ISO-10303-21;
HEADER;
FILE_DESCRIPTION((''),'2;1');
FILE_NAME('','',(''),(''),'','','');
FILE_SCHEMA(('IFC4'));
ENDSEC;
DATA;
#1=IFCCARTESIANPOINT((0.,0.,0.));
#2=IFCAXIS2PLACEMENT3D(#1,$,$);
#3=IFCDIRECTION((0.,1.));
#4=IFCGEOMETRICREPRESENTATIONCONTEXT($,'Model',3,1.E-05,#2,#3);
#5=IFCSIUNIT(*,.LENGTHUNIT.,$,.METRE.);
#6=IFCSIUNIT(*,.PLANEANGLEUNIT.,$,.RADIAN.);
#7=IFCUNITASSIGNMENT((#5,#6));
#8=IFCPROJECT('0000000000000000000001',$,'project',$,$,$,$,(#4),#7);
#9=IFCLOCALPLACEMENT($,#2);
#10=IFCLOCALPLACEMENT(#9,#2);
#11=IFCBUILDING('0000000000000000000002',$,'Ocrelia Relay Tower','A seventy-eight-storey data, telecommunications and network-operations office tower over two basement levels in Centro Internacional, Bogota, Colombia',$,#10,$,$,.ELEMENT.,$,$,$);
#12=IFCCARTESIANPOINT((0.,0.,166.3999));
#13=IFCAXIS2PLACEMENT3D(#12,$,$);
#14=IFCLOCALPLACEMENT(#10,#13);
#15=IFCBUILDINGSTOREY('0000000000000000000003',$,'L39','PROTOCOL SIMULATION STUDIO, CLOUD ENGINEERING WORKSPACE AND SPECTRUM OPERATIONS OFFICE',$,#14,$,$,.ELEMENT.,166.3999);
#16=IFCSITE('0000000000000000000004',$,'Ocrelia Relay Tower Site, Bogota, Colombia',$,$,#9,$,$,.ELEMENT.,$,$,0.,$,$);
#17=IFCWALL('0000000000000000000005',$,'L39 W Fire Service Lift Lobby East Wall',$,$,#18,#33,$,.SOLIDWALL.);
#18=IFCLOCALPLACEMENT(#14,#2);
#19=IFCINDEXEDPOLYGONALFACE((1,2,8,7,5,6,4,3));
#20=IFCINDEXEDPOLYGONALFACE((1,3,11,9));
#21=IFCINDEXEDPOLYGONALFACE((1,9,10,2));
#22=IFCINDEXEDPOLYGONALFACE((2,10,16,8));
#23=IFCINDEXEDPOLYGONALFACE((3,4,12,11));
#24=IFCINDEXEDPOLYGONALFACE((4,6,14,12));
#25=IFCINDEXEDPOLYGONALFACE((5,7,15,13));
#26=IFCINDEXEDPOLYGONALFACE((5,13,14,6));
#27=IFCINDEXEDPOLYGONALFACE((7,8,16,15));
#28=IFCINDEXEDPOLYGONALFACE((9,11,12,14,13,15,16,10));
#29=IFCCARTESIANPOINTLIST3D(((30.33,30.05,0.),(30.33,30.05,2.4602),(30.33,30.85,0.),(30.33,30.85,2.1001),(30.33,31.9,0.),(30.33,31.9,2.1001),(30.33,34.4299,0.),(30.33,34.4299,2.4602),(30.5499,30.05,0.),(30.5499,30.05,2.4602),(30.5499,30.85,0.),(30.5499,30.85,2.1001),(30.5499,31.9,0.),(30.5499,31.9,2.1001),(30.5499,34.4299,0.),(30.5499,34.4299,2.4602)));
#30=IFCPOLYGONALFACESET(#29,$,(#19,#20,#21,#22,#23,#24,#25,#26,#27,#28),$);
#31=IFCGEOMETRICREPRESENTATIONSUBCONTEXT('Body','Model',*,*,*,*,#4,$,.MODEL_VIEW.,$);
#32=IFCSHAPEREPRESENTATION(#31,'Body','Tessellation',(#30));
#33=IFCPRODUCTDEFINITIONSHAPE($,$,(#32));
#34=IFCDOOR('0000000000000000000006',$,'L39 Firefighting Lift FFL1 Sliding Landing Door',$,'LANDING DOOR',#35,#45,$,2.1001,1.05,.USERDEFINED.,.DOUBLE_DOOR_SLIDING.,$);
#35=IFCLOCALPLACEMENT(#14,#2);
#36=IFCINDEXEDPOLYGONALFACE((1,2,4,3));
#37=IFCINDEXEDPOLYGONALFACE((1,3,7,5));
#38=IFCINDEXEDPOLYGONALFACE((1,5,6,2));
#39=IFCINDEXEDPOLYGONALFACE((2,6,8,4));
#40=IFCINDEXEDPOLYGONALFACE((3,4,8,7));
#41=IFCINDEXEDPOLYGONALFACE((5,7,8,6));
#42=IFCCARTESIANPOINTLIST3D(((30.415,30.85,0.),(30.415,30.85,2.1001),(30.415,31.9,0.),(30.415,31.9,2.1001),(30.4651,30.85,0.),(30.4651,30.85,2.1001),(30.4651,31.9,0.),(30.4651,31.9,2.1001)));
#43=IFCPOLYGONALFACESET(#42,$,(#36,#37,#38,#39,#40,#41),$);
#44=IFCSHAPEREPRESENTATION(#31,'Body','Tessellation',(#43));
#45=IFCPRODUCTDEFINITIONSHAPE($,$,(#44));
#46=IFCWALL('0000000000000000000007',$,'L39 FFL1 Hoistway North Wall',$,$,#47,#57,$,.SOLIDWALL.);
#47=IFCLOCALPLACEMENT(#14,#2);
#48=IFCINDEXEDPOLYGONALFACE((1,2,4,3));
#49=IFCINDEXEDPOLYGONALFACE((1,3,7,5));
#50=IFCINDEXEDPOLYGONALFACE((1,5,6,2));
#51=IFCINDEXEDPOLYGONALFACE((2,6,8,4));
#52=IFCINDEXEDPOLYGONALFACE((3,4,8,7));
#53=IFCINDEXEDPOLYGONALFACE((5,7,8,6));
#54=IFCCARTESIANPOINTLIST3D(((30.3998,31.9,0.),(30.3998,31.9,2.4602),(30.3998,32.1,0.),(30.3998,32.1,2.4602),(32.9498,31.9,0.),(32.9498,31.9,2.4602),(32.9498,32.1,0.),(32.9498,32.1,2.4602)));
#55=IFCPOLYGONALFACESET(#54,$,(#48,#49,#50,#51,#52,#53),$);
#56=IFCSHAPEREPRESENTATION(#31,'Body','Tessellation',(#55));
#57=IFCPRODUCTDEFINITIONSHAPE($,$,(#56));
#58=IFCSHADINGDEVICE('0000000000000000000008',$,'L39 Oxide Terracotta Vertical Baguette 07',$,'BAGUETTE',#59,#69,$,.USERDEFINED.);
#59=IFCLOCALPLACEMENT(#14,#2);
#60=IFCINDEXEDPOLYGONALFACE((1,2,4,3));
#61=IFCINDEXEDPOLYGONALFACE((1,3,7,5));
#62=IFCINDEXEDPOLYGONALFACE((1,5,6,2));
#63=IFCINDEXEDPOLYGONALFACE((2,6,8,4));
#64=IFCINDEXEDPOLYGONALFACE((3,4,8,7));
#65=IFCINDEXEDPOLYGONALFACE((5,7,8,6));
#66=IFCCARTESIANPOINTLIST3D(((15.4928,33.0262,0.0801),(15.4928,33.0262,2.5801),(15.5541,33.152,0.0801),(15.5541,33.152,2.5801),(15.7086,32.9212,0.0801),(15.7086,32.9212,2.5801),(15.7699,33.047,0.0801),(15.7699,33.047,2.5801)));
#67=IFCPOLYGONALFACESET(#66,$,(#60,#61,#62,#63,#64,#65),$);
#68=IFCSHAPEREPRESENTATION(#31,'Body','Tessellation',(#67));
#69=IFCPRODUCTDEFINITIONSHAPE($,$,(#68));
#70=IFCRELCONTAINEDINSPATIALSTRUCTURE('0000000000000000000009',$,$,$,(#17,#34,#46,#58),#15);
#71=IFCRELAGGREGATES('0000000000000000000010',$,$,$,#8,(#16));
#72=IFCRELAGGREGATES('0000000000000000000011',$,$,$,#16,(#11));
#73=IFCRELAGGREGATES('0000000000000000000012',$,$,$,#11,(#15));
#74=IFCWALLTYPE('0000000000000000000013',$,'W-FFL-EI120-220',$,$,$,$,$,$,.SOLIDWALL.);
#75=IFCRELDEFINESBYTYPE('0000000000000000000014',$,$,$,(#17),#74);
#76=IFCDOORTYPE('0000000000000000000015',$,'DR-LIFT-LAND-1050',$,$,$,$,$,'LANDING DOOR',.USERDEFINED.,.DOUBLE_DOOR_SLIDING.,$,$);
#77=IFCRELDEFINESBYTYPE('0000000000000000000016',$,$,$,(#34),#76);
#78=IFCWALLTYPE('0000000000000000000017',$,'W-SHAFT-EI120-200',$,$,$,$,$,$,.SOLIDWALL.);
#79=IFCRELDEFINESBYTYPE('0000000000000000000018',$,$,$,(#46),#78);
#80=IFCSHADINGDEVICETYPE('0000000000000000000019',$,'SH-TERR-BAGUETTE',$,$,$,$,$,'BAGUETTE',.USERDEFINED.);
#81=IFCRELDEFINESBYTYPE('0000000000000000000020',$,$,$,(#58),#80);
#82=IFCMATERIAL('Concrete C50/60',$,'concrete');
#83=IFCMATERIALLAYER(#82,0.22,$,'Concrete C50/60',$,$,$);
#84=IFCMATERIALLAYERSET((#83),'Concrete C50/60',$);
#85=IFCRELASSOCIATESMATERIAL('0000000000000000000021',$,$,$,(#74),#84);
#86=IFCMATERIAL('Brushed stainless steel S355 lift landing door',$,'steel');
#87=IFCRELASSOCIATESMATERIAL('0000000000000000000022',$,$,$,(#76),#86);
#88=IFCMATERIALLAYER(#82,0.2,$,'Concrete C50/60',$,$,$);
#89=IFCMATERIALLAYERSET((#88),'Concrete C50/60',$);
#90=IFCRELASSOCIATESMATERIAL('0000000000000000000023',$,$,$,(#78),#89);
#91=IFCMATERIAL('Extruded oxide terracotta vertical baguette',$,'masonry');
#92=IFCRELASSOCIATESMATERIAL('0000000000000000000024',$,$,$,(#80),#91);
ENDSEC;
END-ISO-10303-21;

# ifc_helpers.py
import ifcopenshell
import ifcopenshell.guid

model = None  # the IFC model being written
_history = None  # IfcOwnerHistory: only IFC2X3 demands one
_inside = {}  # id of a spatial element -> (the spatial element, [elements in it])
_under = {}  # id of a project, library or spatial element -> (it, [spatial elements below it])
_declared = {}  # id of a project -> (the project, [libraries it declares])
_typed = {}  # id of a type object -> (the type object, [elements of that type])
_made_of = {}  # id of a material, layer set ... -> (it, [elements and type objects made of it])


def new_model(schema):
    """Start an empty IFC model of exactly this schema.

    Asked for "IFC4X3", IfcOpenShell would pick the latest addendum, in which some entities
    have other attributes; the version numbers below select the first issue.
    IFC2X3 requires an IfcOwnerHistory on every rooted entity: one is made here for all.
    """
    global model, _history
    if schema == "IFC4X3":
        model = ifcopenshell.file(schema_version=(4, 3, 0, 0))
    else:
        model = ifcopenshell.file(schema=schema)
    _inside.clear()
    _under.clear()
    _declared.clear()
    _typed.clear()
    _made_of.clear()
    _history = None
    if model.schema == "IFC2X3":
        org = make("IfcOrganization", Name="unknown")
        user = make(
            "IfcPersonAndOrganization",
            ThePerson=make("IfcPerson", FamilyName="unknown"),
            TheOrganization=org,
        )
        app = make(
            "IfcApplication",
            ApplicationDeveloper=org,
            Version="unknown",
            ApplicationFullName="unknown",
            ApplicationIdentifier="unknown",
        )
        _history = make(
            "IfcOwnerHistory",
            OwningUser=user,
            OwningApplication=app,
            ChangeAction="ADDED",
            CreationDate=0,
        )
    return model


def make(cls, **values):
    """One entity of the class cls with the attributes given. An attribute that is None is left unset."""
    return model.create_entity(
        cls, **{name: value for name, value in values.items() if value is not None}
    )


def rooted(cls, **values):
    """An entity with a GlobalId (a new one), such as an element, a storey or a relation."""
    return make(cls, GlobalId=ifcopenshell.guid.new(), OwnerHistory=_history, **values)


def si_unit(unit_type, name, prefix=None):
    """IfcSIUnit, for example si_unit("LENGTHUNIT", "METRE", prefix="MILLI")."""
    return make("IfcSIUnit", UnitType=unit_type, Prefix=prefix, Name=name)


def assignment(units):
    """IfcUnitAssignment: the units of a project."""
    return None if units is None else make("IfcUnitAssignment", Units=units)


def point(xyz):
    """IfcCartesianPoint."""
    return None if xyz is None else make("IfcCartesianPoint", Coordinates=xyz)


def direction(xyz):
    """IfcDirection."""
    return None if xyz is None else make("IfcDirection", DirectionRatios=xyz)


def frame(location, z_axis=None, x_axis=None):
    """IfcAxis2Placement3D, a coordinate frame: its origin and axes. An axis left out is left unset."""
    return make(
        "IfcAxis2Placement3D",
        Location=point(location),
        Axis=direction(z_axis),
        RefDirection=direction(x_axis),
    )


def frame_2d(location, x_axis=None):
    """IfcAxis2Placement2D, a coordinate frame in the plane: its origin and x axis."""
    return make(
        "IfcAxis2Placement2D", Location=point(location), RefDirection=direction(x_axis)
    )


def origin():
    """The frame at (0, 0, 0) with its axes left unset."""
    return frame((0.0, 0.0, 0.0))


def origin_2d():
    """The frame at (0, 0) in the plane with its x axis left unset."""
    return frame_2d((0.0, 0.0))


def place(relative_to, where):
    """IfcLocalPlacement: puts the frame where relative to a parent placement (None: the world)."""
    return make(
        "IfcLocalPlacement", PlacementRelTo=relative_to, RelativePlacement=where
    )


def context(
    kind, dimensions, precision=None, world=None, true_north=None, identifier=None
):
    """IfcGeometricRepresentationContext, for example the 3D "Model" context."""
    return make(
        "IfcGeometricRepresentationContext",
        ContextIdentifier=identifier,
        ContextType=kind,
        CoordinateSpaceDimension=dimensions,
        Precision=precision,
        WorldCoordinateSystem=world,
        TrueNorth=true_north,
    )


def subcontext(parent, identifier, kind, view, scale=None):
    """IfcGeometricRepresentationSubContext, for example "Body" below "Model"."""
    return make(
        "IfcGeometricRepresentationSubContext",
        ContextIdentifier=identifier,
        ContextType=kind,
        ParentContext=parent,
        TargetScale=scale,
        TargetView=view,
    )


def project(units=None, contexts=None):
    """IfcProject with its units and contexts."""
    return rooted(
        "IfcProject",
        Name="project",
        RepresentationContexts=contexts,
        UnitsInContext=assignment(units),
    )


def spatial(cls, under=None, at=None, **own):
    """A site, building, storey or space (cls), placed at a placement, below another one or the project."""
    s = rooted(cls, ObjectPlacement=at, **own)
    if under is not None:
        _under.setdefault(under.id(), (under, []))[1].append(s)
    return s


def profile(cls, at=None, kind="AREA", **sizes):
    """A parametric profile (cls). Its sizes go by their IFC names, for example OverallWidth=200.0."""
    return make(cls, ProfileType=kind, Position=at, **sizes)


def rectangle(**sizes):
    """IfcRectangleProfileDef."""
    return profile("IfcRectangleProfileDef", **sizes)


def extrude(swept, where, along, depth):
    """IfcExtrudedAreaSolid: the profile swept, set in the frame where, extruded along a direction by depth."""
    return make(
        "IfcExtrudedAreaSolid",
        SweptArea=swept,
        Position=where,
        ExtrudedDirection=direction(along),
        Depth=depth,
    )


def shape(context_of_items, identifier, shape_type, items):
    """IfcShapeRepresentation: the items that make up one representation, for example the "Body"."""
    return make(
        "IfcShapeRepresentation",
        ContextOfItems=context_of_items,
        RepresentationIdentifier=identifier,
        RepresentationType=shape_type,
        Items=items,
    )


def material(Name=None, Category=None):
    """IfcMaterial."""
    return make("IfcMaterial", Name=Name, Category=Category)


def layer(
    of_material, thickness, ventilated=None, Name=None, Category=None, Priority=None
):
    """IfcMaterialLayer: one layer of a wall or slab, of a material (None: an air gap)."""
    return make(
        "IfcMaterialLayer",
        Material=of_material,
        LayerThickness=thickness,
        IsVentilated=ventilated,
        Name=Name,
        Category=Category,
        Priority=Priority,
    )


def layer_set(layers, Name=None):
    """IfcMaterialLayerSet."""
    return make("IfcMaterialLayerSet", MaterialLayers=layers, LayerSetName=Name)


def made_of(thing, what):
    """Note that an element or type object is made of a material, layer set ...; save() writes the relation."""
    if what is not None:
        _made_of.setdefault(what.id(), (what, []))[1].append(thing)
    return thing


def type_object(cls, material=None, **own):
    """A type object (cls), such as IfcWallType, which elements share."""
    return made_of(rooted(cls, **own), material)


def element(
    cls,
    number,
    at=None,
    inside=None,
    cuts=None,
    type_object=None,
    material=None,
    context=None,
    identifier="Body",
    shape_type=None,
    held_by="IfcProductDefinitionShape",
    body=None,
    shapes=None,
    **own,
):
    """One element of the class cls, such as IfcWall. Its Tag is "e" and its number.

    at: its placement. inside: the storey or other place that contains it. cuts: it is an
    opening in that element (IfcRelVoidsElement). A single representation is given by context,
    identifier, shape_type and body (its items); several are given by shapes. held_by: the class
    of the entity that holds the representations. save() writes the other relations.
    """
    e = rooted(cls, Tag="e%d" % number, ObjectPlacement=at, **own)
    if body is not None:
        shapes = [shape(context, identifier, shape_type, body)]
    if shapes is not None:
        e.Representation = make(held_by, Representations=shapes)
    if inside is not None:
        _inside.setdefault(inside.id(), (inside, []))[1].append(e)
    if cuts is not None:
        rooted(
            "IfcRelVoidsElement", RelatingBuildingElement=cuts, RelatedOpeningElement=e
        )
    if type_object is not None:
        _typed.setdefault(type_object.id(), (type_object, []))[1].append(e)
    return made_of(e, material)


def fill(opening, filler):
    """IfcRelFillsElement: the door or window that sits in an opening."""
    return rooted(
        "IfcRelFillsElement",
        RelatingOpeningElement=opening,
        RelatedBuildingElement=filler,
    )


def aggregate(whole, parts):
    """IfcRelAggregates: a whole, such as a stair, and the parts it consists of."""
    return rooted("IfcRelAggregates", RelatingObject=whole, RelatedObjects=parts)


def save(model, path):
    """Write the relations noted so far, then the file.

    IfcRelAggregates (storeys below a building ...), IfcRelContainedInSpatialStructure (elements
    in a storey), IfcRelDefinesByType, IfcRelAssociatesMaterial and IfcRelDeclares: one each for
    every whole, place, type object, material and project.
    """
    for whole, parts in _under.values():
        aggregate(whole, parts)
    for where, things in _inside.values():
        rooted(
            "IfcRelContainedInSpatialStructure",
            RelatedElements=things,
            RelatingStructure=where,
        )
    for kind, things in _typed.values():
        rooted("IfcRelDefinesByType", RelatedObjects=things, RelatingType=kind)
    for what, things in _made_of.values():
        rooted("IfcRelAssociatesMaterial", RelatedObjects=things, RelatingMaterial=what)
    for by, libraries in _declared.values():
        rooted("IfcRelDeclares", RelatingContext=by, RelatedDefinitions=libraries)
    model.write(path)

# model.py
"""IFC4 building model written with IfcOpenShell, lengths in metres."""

from ifc_helpers import new_model, si_unit, direction, frame, frame_2d, origin, origin_2d, place, context, subcontext, project, spatial, rectangle, extrude, material, layer, layer_set, type_object, element, fill, save


model = new_model("IFC4")

# Units and contexts
model_context = context("Model", 3, precision=1e-05, world=origin(), true_north=direction((0.0, 1.0)))
body_context = subcontext(model_context, "Body", "Model", "MODEL_VIEW")
ifc_project = project(units=[si_unit("LENGTHUNIT", "METRE"), si_unit("PLANEANGLEUNIT", "RADIAN")], contexts=[model_context])

# Site, building, storey
site_placement = place(None, origin())
site = spatial("IfcSite", under=ifc_project, at=site_placement, Name="Ocrelia Relay Tower Site, Bogota, Colombia", CompositionType="ELEMENT", RefElevation=0.0)
building_placement = place(site_placement, origin())
building = spatial("IfcBuilding", under=site, at=building_placement, Name="Ocrelia Relay Tower", Description="A seventy-eight-storey data, telecommunications and network-operations office tower over two basement levels in Centro Internacional, Bogota, Colombia", CompositionType="ELEMENT")
storey_placement = place(building_placement, frame((0.0, 0.0, 166.3999)))
storey = spatial("IfcBuildingStorey", under=building, at=storey_placement, Name="L39", Description="PROTOCOL SIMULATION STUDIO, CLOUD ENGINEERING WORKSPACE AND SPECTRUM OPERATIONS OFFICE", CompositionType="ELEMENT", Elevation=166.3999)

# Shared definitions
ifc_material_1 = material(Name="Concrete C50/60", Category="concrete")
ifc_layer_1 = layer(ifc_material_1, 0.22, Name="Concrete C50/60")
ifc_layer_set_1 = layer_set([ifc_layer_1], Name="Concrete C50/60")
wall_type_1 = type_object("IfcWallType", Name="W-FFL-EI120-220", PredefinedType="SOLIDWALL", material=ifc_layer_set_1)

# Wall, opening, door
wall_1_placement = place(storey_placement, frame((30.4399, 30.05, 0.0), z_axis=(0.0, 0.0, 1.0), x_axis=(0.0, 1.0, 0.0)))
wall_1 = element("IfcWall", 1, at=wall_1_placement, inside=storey, type_object=wall_type_1, Name="L39 W Fire Service Lift Lobby East Wall", PredefinedType="SOLIDWALL", context=body_context, shape_type="SweptSolid", body=[
    extrude(rectangle(XDim=4.3799, YDim=0.22, at=frame_2d((2.1899, 0.0))), origin(), (0.0, 0.0, 1.0), 2.4602),
])
opening_1_placement = place(wall_1_placement, frame((0.8, 0.0, 0.0)))
opening_1 = element("IfcOpeningElement", 2, at=opening_1_placement, cuts=wall_1, PredefinedType="OPENING", context=body_context, shape_type="SweptSolid", body=[
    extrude(rectangle(XDim=1.05, YDim=2.1001, at=frame_2d((0.5249, 1.05))), frame((0.0, 0.1201, 0.0), z_axis=(0.0, -1.0, 0.0), x_axis=(1.0, 0.0, 0.0)), (0.0, 0.0, 1.0), 0.24),
])
ifc_material_2 = material(Name="Brushed stainless steel S355 lift landing door", Category="steel")
door_type_1 = type_object("IfcDoorType", Name="DR-LIFT-LAND-1050", ElementType="LANDING DOOR", OperationType="DOUBLE_DOOR_SLIDING", PredefinedType="USERDEFINED", material=ifc_material_2)
door_1_placement = place(opening_1_placement, origin())
door_1 = element("IfcDoor", 3, at=door_1_placement, inside=storey, type_object=door_type_1, Name="L39 Firefighting Lift FFL1 Sliding Landing Door", ObjectType="LANDING DOOR", OperationType="DOUBLE_DOOR_SLIDING", OverallHeight=2.1001, OverallWidth=1.05, PredefinedType="USERDEFINED", context=body_context, shape_type="SweptSolid", body=[
    extrude(rectangle(XDim=1.05, YDim=2.1001, at=frame_2d((0.5249, 1.05))), frame((0.0, 0.0249, 0.0), z_axis=(0.0, -1.0, 0.0), x_axis=(1.0, 0.0, 0.0)), (0.0, 0.0, 1.0), 0.05),
])
fill(opening_1, door_1)

# Wall
ifc_layer_2 = layer(ifc_material_1, 0.2, Name="Concrete C50/60")
ifc_layer_set_2 = layer_set([ifc_layer_2], Name="Concrete C50/60")
wall_type_2 = type_object("IfcWallType", Name="W-SHAFT-EI120-200", PredefinedType="SOLIDWALL", material=ifc_layer_set_2)
wall_2_placement = place(storey_placement, frame((30.3999, 32.0, 0.0), z_axis=(0.0, 0.0, 1.0), x_axis=(1.0, 0.0, 0.0)))
element("IfcWall", 4, at=wall_2_placement, inside=storey, type_object=wall_type_2, Name="L39 FFL1 Hoistway North Wall", PredefinedType="SOLIDWALL", context=body_context, shape_type="SweptSolid", body=[
    extrude(rectangle(XDim=2.55, YDim=0.2, at=frame_2d((1.2749, 0.0))), origin(), (0.0, 0.0, 1.0), 2.4602),
])

# Shading device
ifc_material_3 = material(Name="Extruded oxide terracotta vertical baguette", Category="masonry")
shading_device_type = type_object("IfcShadingDeviceType", Name="SH-TERR-BAGUETTE", ElementType="BAGUETTE", PredefinedType="USERDEFINED", material=ifc_material_3)
shading_device_placement = place(storey_placement, frame((15.6313, 33.0366, 0.0801), z_axis=(0.0, 0.0, 1.0), x_axis=(-0.437655, -0.899143, 0.0)))
element("IfcShadingDevice", 5, at=shading_device_placement, inside=storey, type_object=shading_device_type, Name="L39 Oxide Terracotta Vertical Baguette 07", ObjectType="BAGUETTE", PredefinedType="USERDEFINED", context=body_context, shape_type="SweptSolid", body=[
    extrude(rectangle(XDim=0.1399, YDim=0.24, at=origin_2d()), origin(), (0.0, 0.0, 1.0), 2.5),
])

save(model, "model.ifc")
